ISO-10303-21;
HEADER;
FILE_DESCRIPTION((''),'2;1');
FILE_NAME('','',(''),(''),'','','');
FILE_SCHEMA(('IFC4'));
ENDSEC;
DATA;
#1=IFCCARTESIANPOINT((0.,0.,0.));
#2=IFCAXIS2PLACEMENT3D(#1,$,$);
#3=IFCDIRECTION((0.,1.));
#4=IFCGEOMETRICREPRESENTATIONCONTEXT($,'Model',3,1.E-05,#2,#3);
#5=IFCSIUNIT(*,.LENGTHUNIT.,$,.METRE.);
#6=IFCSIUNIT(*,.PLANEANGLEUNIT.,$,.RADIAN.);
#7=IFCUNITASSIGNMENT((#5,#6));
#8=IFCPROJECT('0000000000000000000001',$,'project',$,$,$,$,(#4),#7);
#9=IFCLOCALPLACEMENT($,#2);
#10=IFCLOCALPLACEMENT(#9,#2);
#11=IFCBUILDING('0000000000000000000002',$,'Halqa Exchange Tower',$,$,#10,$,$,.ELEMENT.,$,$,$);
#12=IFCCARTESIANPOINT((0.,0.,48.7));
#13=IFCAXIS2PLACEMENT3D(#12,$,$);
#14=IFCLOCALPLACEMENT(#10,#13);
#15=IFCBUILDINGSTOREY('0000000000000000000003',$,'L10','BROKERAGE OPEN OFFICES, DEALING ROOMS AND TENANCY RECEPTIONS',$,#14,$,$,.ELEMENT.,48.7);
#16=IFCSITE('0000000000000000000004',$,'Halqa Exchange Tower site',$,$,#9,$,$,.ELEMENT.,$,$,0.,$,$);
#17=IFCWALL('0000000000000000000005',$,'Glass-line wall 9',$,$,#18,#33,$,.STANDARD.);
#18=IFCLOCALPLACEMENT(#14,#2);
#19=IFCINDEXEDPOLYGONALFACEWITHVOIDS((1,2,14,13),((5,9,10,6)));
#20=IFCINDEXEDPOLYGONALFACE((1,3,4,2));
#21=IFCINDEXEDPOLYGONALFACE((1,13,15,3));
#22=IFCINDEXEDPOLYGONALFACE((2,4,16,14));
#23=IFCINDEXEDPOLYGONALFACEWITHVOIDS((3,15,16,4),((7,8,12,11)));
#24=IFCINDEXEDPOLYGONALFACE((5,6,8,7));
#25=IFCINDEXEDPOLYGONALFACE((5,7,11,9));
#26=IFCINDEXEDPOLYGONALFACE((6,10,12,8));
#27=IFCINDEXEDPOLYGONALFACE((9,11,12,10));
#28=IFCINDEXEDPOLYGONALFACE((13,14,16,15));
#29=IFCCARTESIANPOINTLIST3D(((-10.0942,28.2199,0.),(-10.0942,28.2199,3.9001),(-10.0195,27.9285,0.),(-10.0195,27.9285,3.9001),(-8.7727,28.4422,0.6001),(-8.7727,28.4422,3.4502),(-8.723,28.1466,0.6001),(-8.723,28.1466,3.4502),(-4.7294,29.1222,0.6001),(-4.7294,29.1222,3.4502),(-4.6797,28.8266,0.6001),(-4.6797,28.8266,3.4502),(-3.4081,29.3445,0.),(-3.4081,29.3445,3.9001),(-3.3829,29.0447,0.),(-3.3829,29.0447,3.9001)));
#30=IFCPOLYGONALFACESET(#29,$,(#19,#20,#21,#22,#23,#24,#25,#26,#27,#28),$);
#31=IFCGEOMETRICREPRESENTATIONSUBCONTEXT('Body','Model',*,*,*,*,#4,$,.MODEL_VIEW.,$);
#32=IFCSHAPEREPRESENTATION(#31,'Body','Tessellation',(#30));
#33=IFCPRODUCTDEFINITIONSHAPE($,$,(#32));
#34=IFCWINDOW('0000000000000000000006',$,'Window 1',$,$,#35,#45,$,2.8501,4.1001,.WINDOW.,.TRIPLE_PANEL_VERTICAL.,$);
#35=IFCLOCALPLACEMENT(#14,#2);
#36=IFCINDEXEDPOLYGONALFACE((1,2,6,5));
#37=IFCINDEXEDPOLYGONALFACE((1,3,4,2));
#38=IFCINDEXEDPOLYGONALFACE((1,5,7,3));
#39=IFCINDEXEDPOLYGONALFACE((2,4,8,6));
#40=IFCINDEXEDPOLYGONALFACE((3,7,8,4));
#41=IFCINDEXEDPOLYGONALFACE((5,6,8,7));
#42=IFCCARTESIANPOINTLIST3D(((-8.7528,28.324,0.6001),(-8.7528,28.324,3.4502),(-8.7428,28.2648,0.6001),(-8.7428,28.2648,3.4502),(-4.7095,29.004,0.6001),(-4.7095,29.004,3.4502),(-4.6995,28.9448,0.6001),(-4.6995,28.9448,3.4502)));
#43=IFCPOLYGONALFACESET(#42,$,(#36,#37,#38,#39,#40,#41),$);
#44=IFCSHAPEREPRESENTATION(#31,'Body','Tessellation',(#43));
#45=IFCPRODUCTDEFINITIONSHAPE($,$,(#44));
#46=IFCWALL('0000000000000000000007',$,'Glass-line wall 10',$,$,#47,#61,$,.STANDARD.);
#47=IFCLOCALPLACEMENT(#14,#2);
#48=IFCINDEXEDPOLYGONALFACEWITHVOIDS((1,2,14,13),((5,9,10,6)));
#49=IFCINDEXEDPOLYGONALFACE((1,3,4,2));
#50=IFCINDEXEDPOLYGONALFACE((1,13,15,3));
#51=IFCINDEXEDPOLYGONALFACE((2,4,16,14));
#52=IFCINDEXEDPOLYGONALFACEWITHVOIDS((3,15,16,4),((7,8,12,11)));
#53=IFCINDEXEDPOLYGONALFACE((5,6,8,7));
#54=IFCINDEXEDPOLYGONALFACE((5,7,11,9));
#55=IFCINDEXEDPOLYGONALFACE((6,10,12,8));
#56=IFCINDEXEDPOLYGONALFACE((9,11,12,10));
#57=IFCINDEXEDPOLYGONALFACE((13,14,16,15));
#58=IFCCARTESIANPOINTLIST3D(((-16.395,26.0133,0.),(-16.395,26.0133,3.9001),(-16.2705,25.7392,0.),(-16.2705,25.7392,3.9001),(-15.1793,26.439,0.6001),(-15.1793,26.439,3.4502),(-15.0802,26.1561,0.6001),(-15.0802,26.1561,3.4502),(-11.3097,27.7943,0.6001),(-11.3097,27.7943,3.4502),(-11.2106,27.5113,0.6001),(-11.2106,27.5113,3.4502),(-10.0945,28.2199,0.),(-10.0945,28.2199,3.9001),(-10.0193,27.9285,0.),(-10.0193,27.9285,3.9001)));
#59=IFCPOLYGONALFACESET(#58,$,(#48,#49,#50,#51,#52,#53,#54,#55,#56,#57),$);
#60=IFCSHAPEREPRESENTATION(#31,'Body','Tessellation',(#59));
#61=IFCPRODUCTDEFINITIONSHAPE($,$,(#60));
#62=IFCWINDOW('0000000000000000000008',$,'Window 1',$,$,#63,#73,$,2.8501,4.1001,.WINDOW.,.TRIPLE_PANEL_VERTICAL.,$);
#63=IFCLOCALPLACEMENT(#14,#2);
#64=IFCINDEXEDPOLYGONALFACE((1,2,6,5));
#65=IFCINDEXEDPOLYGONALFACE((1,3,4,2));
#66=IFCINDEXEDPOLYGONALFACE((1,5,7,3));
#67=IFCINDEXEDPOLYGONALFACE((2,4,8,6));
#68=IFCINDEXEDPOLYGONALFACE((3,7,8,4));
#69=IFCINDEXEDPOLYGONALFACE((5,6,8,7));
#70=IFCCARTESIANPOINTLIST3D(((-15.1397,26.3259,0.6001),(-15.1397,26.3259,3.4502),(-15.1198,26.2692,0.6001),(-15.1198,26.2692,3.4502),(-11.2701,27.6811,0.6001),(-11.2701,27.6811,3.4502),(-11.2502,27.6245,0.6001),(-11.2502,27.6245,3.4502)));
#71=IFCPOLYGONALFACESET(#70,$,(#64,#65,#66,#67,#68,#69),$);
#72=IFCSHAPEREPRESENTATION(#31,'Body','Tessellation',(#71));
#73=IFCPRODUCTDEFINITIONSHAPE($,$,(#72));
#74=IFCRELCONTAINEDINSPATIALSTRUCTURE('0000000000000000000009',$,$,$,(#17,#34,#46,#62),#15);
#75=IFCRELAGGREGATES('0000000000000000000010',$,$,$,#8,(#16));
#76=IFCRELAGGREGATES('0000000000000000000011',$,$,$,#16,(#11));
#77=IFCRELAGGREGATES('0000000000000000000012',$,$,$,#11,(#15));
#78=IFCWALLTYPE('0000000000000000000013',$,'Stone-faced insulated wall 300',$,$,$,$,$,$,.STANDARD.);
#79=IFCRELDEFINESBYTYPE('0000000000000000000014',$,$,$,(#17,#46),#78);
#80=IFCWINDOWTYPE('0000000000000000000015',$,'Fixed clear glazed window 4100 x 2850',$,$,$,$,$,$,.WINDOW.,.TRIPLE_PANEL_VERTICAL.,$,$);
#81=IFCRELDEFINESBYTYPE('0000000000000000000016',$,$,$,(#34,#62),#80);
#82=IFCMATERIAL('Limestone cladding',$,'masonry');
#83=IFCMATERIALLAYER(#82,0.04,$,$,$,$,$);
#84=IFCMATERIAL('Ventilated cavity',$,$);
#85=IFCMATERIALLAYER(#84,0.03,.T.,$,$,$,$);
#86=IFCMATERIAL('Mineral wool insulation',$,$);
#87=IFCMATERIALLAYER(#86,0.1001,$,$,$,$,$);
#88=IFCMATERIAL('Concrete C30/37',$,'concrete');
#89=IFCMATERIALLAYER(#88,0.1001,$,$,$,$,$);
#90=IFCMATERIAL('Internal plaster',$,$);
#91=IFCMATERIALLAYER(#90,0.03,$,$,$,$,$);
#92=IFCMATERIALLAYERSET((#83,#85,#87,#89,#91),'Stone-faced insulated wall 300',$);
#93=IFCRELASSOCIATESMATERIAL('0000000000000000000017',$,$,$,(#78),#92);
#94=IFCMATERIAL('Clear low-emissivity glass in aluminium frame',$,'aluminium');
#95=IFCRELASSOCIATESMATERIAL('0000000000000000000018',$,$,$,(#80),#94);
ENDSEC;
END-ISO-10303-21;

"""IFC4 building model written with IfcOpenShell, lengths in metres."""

from ifc_helpers import new_model, si_unit, direction, frame, frame_2d, origin, place, context, subcontext, project, spatial, polyline, rectangle, outline, extrude, material, layer, layer_set, type_object, element, fill, save


model = new_model("IFC4")

# Units and contexts
model_context = context("Model", 3, precision=1e-05, world=origin(), true_north=direction((0.0, 1.0)))
body_context = subcontext(model_context, "Body", "Model", "MODEL_VIEW")
ifc_project = project(units=[si_unit("LENGTHUNIT", "METRE"), si_unit("PLANEANGLEUNIT", "RADIAN")], contexts=[model_context])

# Site, building, storey
site_placement = place(None, origin())
site = spatial("IfcSite", under=ifc_project, at=site_placement, Name="Halqa Exchange Tower site", CompositionType="ELEMENT", RefElevation=0.0)
building_placement = place(site_placement, origin())
building = spatial("IfcBuilding", under=site, at=building_placement, Name="Halqa Exchange Tower", CompositionType="ELEMENT")
storey_placement = place(building_placement, frame((0.0, 0.0, 48.7)))
storey = spatial("IfcBuildingStorey", under=building, at=storey_placement, Name="L10", Description="BROKERAGE OPEN OFFICES, DEALING ROOMS AND TENANCY RECEPTIONS", CompositionType="ELEMENT", Elevation=48.7)

# Shared definitions
ifc_material_1 = material(Name="Concrete C30/37", Category="concrete")

# Walls, openings, windows
ifc_material_2 = material(Name="Limestone cladding", Category="masonry")
ifc_layer_1 = layer(ifc_material_2, 0.04)
ifc_material_3 = material(Name="Ventilated cavity")
ifc_layer_2 = layer(ifc_material_3, 0.03, ventilated=True)
ifc_material_4 = material(Name="Mineral wool insulation")
ifc_layer_3 = layer(ifc_material_4, 0.1001)
ifc_layer_4 = layer(ifc_material_1, 0.1001)
ifc_material_5 = material(Name="Internal plaster")
ifc_layer_5 = layer(ifc_material_5, 0.03)
ifc_layer_set_1 = layer_set([ifc_layer_1, ifc_layer_2, ifc_layer_3, ifc_layer_4, ifc_layer_5], Name="Stone-faced insulated wall 300")
wall_type_1 = type_object("IfcWallType", Name="Stone-faced insulated wall 300", PredefinedType="STANDARD", material=ifc_layer_set_1)
wall_1_placement = place(storey_placement, frame((-3.3955, 29.1946, 0.0), z_axis=(0.0, 0.0, 1.0), x_axis=(-0.98615, -0.165858, 0.0)))
wall_1 = element("IfcWall", 1, at=wall_1_placement, inside=storey, type_object=wall_type_1, Name="Glass-line wall 9", PredefinedType="STANDARD", context=body_context, shape_type="SweptSolid", body=[
    extrude(outline(polyline([(-0.0125, -0.1499), (6.7676, -0.1499), (6.7422, 0.1499), (0.0125, 0.1499), (-0.0125, -0.1499)])), origin(), (0.0, 0.0, 1.0), 3.9001),
])
opening_1_placement = place(wall_1_placement, frame((1.3274, 0.0, 0.6001)))
opening_1 = element("IfcOpeningElement", 2, at=opening_1_placement, cuts=wall_1, PredefinedType="OPENING", context=body_context, shape_type="SweptSolid", body=[
    extrude(rectangle(XDim=4.1001, YDim=2.8501, at=frame_2d((2.05, 1.425))), frame((0.0, 0.1621, 0.0), z_axis=(0.0, -1.0, 0.0), x_axis=(1.0, 0.0, 0.0)), (0.0, 0.0, 1.0), 0.324),
])
ifc_material_6 = material(Name="Clear low-emissivity glass in aluminium frame", Category="aluminium")
window_type = type_object("IfcWindowType", Name="Fixed clear glazed window 4100 x 2850", PartitioningType="TRIPLE_PANEL_VERTICAL", PredefinedType="WINDOW", material=ifc_material_6)
window_1_placement = place(opening_1_placement, origin())
window_1 = element("IfcWindow", 3, at=window_1_placement, inside=storey, type_object=window_type, Name="Window 1", OverallHeight=2.8501, OverallWidth=4.1001, PartitioningType="TRIPLE_PANEL_VERTICAL", PredefinedType="WINDOW", context=body_context, shape_type="SweptSolid", body=[
    extrude(rectangle(XDim=4.1001, YDim=2.8501, at=frame_2d((2.05, 1.425))), frame((0.0, 0.03, 0.0), z_axis=(0.0, -1.0, 0.0), x_axis=(1.0, 0.0, 0.0)), (0.0, 0.0, 1.0), 0.0601),
])
fill(opening_1, window_1)
wall_2_placement = place(storey_placement, frame((-10.0569, 28.0742, 0.0), z_axis=(0.0, 0.0, 1.0), x_axis=(-0.943791, -0.330543, 0.0)))
wall_2 = element("IfcWall", 4, at=wall_2_placement, inside=storey, type_object=wall_type_1, Name="Glass-line wall 10", PredefinedType="STANDARD", context=body_context, shape_type="SweptSolid", body=[
    extrude(outline(polyline([(-0.0127, -0.1499), (6.6631, -0.1499), (6.6362, 0.1499), (0.0127, 0.1499), (-0.0127, -0.1499)])), origin(), (0.0, 0.0, 1.0), 3.9001),
])
opening_2_placement = place(wall_2_placement, frame((1.2749, 0.0, 0.6001)))
opening_2 = element("IfcOpeningElement", 5, at=opening_2_placement, cuts=wall_2, PredefinedType="OPENING", context=body_context, shape_type="SweptSolid", body=[
    extrude(rectangle(XDim=4.1001, YDim=2.8501, at=frame_2d((2.05, 1.425))), frame((0.0, 0.1621, 0.0), z_axis=(0.0, -1.0, 0.0), x_axis=(1.0, 0.0, 0.0)), (0.0, 0.0, 1.0), 0.324),
])
window_2_placement = place(opening_2_placement, origin())
window_2 = element("IfcWindow", 6, at=window_2_placement, inside=storey, type_object=window_type, Name="Window 1", OverallHeight=2.8501, OverallWidth=4.1001, PartitioningType="TRIPLE_PANEL_VERTICAL", PredefinedType="WINDOW", context=body_context, shape_type="SweptSolid", body=[
    extrude(rectangle(XDim=4.1001, YDim=2.8501, at=frame_2d((2.05, 1.425))), frame((0.0, 0.03, 0.0), z_axis=(0.0, -1.0, 0.0), x_axis=(1.0, 0.0, 0.0)), (0.0, 0.0, 1.0), 0.0601),
])
fill(opening_2, window_2)

save(model, "model.ifc")
